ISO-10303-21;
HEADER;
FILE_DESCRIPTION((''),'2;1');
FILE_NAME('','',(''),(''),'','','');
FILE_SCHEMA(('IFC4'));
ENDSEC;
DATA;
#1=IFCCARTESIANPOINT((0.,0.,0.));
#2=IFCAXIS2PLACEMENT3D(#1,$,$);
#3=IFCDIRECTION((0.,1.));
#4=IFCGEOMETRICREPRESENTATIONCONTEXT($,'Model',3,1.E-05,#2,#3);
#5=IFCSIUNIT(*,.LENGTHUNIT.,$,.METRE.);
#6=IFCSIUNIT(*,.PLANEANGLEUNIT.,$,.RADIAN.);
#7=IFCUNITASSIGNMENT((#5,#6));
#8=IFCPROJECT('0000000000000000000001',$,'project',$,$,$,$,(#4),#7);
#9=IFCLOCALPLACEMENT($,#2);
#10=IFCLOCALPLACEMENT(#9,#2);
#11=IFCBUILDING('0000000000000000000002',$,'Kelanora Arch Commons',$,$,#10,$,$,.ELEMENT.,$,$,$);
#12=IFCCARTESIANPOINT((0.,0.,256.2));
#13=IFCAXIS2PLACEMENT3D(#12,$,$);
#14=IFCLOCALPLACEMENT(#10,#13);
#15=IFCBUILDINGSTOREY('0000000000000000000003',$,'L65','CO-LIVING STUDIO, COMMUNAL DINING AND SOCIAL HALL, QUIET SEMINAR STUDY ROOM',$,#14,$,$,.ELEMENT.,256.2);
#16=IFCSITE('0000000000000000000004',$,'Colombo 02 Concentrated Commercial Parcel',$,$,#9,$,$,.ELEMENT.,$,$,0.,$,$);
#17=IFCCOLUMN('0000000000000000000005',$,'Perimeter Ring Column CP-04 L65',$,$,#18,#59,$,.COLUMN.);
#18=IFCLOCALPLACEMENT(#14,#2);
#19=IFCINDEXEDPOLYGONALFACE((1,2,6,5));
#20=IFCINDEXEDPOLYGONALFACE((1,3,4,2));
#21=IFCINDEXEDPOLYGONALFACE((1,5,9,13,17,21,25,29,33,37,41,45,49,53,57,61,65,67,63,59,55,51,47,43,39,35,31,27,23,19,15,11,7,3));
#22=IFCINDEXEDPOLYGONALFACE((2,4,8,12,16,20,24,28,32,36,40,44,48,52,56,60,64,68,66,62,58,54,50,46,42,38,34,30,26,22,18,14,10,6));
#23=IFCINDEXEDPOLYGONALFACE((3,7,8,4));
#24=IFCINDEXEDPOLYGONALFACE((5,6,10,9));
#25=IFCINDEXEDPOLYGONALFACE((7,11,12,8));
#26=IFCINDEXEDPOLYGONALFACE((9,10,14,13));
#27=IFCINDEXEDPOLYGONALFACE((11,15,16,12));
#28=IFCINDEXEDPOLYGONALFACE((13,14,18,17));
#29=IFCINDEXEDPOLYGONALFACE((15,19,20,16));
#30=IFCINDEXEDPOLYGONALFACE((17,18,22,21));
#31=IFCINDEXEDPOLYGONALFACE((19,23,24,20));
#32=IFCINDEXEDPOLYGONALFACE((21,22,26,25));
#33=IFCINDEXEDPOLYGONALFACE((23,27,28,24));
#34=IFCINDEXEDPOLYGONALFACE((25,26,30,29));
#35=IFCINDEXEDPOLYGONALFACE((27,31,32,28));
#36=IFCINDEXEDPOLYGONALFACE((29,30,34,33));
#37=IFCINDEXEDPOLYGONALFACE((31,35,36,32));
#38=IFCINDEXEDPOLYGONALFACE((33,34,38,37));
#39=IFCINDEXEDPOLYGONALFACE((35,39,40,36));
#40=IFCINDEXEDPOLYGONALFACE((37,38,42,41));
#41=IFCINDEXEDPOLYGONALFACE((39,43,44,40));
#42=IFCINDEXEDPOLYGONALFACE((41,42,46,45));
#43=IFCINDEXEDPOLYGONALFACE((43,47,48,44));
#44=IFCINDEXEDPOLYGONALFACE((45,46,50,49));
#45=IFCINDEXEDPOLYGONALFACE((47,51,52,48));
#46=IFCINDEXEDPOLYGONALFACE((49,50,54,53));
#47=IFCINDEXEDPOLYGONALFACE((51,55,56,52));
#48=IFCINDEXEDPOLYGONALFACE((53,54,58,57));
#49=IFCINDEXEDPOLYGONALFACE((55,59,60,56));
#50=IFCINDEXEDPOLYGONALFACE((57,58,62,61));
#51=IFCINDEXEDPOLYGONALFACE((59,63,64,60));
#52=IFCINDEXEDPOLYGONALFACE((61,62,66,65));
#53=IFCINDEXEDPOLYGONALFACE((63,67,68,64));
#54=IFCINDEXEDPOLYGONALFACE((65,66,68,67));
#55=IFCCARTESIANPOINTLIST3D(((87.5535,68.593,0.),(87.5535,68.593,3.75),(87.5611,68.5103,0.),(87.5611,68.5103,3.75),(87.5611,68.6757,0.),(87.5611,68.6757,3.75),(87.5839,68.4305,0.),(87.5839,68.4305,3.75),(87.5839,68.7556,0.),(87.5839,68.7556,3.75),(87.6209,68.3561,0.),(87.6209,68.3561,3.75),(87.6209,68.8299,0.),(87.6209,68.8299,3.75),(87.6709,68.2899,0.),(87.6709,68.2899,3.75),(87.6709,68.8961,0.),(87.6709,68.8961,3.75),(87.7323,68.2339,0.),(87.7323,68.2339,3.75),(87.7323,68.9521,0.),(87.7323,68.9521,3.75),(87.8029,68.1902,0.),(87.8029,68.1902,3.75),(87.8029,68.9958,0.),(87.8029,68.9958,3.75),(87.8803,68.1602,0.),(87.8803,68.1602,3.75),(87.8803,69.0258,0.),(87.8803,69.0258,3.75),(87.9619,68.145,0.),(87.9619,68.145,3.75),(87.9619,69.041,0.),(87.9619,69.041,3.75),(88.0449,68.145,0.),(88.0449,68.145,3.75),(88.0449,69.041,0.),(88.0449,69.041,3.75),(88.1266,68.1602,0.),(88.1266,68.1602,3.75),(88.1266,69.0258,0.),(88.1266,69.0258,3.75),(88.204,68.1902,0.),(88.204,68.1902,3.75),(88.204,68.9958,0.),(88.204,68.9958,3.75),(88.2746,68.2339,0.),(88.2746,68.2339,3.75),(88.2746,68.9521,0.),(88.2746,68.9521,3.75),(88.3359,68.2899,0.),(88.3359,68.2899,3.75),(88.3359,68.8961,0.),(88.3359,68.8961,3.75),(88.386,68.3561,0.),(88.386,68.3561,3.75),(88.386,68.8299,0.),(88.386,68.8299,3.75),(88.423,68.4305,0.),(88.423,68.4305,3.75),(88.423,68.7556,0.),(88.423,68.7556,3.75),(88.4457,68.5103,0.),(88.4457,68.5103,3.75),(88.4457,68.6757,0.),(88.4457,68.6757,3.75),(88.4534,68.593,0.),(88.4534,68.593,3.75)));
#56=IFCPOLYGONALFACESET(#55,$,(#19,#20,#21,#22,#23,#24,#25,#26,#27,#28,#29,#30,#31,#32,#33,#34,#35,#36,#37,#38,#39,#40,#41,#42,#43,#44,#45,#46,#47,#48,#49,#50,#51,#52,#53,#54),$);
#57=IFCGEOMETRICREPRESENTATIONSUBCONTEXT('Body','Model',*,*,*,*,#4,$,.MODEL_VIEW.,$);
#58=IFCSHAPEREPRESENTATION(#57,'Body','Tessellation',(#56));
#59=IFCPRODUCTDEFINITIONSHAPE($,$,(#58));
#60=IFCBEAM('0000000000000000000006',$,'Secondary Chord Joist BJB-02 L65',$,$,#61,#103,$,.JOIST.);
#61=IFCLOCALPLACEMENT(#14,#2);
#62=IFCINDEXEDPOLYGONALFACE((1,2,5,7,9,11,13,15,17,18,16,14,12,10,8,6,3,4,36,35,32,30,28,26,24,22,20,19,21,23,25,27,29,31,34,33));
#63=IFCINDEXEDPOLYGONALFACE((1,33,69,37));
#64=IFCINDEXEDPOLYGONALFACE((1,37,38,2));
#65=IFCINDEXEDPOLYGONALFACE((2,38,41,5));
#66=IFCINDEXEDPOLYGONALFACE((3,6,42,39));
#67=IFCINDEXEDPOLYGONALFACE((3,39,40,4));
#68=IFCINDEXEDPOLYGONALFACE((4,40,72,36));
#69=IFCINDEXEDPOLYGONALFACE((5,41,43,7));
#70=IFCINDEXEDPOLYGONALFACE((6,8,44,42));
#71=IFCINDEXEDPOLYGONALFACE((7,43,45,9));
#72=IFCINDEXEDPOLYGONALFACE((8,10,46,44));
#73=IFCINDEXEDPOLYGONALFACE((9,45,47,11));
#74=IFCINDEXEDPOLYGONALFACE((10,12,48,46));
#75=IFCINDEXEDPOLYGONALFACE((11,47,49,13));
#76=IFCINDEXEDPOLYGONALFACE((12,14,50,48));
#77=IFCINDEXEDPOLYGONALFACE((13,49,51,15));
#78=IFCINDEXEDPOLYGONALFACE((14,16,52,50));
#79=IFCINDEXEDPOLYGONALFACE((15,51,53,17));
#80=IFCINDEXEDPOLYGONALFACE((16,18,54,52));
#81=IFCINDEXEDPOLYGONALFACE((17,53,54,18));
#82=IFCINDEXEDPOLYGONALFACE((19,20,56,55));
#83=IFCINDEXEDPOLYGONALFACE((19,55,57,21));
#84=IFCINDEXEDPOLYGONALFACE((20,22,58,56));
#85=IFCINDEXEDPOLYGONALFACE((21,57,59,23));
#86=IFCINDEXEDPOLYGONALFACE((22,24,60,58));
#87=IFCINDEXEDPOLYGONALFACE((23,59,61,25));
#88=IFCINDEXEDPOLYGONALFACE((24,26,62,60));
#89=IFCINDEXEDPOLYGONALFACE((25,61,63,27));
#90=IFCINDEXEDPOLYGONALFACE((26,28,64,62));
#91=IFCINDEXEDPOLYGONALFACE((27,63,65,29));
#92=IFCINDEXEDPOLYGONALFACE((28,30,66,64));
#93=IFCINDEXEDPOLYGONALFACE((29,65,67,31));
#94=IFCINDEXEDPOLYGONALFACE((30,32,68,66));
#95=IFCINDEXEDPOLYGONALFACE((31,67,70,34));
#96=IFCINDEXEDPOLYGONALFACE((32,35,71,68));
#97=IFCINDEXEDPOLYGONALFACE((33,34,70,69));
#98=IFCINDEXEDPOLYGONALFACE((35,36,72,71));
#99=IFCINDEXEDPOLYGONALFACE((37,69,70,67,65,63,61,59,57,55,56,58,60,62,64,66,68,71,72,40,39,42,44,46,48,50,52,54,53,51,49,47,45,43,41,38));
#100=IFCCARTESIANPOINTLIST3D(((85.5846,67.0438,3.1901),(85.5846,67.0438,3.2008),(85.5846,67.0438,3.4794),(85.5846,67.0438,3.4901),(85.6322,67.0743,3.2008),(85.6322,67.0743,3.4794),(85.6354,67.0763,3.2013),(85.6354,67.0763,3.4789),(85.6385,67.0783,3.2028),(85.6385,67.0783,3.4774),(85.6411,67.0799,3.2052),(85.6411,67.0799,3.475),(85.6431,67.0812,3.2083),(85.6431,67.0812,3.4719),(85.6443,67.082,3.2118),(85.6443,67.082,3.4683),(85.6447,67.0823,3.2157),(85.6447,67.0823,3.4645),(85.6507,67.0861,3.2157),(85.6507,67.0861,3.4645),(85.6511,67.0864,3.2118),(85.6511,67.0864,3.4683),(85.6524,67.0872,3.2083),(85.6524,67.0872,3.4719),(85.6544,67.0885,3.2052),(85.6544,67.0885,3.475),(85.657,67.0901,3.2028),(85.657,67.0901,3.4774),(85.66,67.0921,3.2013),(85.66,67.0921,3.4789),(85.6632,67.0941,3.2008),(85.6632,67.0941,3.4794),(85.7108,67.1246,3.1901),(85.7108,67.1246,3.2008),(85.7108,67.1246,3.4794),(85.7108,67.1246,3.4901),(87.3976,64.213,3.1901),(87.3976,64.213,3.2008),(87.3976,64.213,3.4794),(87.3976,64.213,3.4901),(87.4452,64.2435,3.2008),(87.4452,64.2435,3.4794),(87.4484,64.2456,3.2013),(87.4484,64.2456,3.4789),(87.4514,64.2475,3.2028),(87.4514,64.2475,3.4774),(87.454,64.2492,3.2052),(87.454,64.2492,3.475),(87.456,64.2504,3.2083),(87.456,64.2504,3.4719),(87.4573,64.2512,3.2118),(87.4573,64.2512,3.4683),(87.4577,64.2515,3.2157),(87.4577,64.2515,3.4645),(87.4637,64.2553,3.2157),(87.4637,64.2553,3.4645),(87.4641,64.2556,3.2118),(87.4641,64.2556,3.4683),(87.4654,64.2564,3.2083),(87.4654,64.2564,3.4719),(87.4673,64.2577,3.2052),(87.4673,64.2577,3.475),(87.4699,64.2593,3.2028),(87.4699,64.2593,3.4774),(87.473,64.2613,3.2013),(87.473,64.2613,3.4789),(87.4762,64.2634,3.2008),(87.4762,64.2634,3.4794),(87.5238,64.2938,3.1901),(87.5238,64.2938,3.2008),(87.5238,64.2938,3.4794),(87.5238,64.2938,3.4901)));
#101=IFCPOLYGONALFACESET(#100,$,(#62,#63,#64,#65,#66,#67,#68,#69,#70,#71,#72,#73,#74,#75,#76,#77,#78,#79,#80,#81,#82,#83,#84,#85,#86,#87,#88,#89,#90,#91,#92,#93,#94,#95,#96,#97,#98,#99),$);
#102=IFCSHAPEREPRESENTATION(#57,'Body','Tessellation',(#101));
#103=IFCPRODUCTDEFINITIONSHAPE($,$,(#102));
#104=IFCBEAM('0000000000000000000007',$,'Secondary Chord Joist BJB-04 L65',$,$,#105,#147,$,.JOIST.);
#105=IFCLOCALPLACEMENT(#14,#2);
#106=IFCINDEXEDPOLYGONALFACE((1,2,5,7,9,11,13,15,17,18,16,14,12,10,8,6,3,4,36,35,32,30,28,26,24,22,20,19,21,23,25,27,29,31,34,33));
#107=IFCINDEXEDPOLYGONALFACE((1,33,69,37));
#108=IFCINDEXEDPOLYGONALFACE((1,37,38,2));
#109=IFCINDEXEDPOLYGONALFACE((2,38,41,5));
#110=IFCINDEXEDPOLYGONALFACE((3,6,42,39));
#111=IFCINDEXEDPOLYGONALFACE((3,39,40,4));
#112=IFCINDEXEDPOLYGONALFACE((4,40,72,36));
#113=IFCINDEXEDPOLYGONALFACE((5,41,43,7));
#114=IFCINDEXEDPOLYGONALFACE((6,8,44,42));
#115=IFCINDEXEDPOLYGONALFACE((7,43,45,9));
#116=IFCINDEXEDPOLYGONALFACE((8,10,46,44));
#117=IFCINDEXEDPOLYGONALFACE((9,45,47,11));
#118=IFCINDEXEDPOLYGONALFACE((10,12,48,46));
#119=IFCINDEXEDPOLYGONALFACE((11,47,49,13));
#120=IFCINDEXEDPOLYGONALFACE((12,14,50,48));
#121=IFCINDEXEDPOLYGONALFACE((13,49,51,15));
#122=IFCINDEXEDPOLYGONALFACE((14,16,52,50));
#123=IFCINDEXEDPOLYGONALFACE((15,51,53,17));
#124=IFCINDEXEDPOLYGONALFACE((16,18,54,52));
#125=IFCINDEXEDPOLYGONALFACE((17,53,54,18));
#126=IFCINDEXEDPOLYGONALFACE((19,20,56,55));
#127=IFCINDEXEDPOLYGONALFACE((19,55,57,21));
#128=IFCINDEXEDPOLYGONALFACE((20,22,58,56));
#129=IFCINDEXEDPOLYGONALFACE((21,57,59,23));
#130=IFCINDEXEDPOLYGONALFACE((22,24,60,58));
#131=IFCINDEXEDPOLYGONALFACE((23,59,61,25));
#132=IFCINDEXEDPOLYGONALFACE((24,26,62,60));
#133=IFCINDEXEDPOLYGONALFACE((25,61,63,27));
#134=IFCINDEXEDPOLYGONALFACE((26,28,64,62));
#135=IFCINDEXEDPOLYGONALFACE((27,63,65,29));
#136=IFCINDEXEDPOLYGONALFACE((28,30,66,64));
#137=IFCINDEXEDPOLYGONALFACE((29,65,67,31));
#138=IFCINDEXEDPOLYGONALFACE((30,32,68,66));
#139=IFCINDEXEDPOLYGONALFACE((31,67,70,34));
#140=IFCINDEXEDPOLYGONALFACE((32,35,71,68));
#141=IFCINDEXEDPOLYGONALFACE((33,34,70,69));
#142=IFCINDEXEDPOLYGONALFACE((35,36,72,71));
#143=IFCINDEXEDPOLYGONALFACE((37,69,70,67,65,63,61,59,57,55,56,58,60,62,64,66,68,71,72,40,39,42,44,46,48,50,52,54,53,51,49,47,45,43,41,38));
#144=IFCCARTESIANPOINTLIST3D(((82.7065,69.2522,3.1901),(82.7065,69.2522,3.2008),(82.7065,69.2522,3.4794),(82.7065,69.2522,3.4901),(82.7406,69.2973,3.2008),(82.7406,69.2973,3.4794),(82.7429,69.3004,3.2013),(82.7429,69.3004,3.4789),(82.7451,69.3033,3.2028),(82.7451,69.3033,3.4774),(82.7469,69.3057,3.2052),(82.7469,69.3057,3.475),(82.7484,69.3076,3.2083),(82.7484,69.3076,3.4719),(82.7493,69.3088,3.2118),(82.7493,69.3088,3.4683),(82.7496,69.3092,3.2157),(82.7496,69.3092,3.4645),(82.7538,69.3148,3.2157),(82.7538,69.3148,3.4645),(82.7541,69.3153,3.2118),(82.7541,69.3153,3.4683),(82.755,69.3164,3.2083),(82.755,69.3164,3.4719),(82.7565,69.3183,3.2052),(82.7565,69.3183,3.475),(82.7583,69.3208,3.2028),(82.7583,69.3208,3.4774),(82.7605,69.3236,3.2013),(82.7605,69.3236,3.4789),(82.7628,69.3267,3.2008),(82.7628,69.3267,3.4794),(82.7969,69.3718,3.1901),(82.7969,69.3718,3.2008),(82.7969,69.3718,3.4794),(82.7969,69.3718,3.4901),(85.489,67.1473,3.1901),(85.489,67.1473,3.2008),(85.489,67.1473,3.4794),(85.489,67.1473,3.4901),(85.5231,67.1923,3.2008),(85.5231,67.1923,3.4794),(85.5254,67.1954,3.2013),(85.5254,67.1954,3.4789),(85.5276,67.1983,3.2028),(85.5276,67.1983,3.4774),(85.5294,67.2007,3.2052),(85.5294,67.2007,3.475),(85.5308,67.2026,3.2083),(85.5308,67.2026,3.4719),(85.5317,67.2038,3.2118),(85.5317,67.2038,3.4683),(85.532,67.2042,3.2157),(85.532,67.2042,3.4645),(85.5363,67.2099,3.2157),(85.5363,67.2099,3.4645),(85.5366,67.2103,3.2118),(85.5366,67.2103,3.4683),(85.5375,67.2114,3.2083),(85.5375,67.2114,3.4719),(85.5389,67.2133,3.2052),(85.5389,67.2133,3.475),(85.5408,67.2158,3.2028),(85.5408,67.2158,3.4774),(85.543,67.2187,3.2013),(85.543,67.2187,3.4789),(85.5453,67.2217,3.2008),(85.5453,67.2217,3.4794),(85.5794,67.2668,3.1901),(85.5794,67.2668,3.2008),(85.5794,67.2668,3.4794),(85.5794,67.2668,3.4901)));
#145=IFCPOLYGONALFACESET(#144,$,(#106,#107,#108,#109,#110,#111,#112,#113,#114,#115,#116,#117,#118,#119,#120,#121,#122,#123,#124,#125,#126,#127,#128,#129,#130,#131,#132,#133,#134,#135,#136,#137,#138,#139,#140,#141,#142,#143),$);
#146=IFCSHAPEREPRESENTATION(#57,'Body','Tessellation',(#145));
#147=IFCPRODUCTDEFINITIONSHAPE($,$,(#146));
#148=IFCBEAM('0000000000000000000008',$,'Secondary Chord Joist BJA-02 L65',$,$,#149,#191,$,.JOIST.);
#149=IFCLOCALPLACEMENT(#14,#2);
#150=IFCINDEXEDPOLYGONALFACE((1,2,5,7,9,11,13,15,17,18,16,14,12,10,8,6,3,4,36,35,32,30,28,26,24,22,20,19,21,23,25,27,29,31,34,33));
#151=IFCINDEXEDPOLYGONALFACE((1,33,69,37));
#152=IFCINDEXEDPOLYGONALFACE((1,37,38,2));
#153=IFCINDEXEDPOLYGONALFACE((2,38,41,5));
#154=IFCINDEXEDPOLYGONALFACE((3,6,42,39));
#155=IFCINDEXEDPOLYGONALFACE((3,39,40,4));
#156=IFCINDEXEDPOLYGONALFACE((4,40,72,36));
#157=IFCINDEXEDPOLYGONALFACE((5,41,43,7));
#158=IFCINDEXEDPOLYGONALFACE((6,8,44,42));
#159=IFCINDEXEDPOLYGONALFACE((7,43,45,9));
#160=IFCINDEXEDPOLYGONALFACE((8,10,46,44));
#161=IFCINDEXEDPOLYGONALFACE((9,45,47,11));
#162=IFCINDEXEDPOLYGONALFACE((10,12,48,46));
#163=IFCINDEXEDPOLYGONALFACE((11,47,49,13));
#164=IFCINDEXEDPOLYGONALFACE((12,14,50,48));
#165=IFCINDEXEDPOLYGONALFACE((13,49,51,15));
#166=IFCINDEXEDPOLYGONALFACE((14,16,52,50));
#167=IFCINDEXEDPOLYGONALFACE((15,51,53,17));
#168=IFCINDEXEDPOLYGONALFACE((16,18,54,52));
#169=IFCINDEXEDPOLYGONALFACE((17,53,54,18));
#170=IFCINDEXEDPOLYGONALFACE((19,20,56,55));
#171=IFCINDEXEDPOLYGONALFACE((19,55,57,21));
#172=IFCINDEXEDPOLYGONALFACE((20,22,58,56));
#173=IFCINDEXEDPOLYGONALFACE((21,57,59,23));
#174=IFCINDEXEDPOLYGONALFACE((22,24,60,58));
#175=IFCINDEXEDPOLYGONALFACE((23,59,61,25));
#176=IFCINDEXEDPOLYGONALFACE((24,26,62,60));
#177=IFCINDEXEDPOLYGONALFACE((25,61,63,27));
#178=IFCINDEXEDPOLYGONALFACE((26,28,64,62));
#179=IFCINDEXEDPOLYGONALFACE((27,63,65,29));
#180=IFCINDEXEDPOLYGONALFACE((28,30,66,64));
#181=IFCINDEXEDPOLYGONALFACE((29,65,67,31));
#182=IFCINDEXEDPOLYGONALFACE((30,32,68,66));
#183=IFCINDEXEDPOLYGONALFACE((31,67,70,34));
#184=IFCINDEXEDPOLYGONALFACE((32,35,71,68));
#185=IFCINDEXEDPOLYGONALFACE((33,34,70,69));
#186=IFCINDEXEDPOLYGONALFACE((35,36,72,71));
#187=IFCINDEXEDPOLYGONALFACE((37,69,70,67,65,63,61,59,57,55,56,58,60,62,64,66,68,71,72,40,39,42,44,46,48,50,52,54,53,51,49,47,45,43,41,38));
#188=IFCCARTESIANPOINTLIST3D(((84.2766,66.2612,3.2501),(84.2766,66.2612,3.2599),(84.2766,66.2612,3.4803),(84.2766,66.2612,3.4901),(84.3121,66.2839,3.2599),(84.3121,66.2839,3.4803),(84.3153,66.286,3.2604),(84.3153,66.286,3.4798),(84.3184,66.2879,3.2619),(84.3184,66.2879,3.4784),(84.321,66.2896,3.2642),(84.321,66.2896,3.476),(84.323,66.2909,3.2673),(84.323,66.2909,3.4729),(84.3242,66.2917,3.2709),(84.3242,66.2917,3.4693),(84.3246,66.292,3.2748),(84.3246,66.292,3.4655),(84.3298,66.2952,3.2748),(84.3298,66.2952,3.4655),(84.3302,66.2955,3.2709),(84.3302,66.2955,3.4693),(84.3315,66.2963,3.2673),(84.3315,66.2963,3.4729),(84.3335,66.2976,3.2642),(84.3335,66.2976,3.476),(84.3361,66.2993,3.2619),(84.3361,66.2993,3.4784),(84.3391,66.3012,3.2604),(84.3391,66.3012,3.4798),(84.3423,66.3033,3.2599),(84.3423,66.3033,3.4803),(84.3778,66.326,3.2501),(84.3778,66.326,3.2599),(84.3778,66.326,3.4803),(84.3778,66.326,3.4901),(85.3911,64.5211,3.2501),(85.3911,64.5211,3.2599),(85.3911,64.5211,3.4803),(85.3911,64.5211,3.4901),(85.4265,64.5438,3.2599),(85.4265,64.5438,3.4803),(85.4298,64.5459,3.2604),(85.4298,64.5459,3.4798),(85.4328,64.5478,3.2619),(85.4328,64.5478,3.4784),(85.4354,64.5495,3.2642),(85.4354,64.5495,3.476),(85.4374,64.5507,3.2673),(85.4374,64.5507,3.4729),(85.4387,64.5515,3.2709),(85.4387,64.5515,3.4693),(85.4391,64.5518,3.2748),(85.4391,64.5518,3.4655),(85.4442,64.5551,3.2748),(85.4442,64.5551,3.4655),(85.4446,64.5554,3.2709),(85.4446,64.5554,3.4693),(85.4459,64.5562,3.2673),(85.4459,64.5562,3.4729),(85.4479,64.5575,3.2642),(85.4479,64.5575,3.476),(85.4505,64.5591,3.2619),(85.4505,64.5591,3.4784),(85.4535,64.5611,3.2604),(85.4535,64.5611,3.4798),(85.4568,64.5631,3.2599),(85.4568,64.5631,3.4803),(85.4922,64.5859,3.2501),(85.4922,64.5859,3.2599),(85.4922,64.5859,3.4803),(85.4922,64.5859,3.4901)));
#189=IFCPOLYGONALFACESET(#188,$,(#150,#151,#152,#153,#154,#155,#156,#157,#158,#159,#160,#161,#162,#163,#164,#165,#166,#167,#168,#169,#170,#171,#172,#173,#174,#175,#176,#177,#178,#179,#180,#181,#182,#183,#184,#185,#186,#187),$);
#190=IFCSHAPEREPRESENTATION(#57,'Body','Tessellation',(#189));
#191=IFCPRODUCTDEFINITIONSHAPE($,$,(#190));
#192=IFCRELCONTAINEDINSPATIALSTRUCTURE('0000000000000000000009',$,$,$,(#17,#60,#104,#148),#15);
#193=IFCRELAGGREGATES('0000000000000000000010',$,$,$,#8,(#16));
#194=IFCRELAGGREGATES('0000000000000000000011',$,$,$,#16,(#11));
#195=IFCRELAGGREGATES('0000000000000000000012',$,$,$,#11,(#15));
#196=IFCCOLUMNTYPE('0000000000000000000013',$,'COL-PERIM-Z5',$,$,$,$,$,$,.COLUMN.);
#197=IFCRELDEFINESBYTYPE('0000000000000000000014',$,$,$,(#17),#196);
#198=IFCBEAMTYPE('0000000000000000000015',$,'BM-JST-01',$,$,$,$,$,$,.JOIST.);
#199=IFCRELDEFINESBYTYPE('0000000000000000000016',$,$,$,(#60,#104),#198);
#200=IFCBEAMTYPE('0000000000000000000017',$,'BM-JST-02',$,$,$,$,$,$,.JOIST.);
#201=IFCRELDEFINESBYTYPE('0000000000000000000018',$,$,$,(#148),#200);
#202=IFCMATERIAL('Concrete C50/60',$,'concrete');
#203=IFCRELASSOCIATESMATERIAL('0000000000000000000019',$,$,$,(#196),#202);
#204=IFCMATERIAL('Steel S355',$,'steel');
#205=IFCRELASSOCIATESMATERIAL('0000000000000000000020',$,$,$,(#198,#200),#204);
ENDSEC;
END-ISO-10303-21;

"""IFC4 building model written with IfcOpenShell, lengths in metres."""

from ifc_helpers import new_model, si_unit, direction, frame, origin, origin_2d, place, context, subcontext, project, spatial, circle, i_section, extrude, material, material_profile, profile_set, type_object, element, save


model = new_model("IFC4")

# Units and contexts
model_context = context("Model", 3, precision=1e-05, world=origin(), true_north=direction((0.0, 1.0)))
body_context = subcontext(model_context, "Body", "Model", "MODEL_VIEW")
ifc_project = project(units=[si_unit("LENGTHUNIT", "METRE"), si_unit("PLANEANGLEUNIT", "RADIAN")], contexts=[model_context])

# Site, building, storey
site_placement = place(None, origin())
site = spatial("IfcSite", under=ifc_project, at=site_placement, Name="Colombo 02 Concentrated Commercial Parcel", CompositionType="ELEMENT", RefElevation=0.0)
building_placement = place(site_placement, origin())
building = spatial("IfcBuilding", under=site, at=building_placement, Name="Kelanora Arch Commons", CompositionType="ELEMENT")
storey_placement = place(building_placement, frame((0.0, 0.0, 256.2)))
storey = spatial("IfcBuildingStorey", under=building, at=storey_placement, Name="L65", Description="CO-LIVING STUDIO, COMMUNAL DINING AND SOCIAL HALL, QUIET SEMINAR STUDY ROOM", CompositionType="ELEMENT", Elevation=256.2)

# Column
ifc_material_1 = material(Name="Concrete C50/60", Category="concrete")
ifc_material_profile_1 = material_profile(ifc_material_1, circle(Radius=0.45, at=origin_2d()), Name="RCC900")
ifc_profile_set_1 = profile_set([ifc_material_profile_1], Name="Concrete C50/60")
column_type = type_object("IfcColumnType", Name="COL-PERIM-Z5", PredefinedType="COLUMN", material=ifc_profile_set_1)
column_placement = place(storey_placement, frame((88.0034, 68.593, 0.0), z_axis=(0.0, 0.0, 1.0), x_axis=(1.0, 0.0, 0.0)))
element("IfcColumn", 1, at=column_placement, inside=storey, type_object=column_type, Name="Perimeter Ring Column CP-04 L65", PredefinedType="COLUMN", context=body_context, shape_type="SweptSolid", body=[
    extrude(circle(Radius=0.45, at=origin_2d()), origin(), (0.0, 0.0, 1.0), 3.75),
])

# Beams
ifc_material_2 = material(Name="Steel S355", Category="steel")
ifc_material_profile_2 = material_profile(ifc_material_2, i_section(OverallWidth=0.1499, OverallDepth=0.3, WebThickness=0.0071, FlangeThickness=0.0107, FilletRadius=0.0149, at=origin_2d()), Name="IPE300")
ifc_profile_set_2 = profile_set([ifc_material_profile_2], Name="Steel S355")
beam_type_1 = type_object("IfcBeamType", Name="BM-JST-01", PredefinedType="JOIST", material=ifc_profile_set_2)
beam_1_placement = place(storey_placement, frame((87.4607, 64.2534, 3.3401), z_axis=(-0.539322, 0.8421, 0.0), x_axis=(-0.8421, -0.539322, 0.0)))
element("IfcBeam", 2, at=beam_1_placement, inside=storey, type_object=beam_type_1, Name="Secondary Chord Joist BJB-02 L65", PredefinedType="JOIST", context=body_context, shape_type="SweptSolid", body=[
    extrude(i_section(OverallWidth=0.1499, OverallDepth=0.3, WebThickness=0.0071, FlangeThickness=0.0107, FilletRadius=0.0149, at=origin_2d()), origin(), (0.0, 0.0, 1.0), 3.3616),
])
beam_2_placement = place(storey_placement, frame((85.5342, 67.207, 3.3401), z_axis=(-0.797499, 0.60332, 0.0), x_axis=(-0.60332, -0.797499, 0.0)))
element("IfcBeam", 3, at=beam_2_placement, inside=storey, type_object=beam_type_1, Name="Secondary Chord Joist BJB-04 L65", PredefinedType="JOIST", context=body_context, shape_type="SweptSolid", body=[
    extrude(i_section(OverallWidth=0.1499, OverallDepth=0.3, WebThickness=0.0071, FlangeThickness=0.0107, FilletRadius=0.0149, at=origin_2d()), origin(), (0.0, 0.0, 1.0), 3.489),
])
ifc_material_profile_3 = material_profile(ifc_material_2, i_section(OverallWidth=0.1201, OverallDepth=0.24, WebThickness=0.0061, FlangeThickness=0.0098, FilletRadius=0.0149, at=origin_2d()), Name="IPE240")
ifc_profile_set_3 = profile_set([ifc_material_profile_3], Name="Steel S355")
beam_type_2 = type_object("IfcBeamType", Name="BM-JST-02", PredefinedType="JOIST", material=ifc_profile_set_3)
beam_3_placement = place(storey_placement, frame((85.4417, 64.5535, 3.3701), z_axis=(-0.539312, 0.842106, 0.0), x_axis=(-0.842106, -0.539312, 0.0)))
element("IfcBeam", 4, at=beam_3_placement, inside=storey, type_object=beam_type_2, Name="Secondary Chord Joist BJA-02 L65", PredefinedType="JOIST", context=body_context, shape_type="SweptSolid", body=[
    extrude(i_section(OverallWidth=0.1201, OverallDepth=0.24, WebThickness=0.0061, FlangeThickness=0.0098, FilletRadius=0.0149, at=origin_2d()), origin(), (0.0, 0.0, 1.0), 2.0664),
])

save(model, "model.ifc")
